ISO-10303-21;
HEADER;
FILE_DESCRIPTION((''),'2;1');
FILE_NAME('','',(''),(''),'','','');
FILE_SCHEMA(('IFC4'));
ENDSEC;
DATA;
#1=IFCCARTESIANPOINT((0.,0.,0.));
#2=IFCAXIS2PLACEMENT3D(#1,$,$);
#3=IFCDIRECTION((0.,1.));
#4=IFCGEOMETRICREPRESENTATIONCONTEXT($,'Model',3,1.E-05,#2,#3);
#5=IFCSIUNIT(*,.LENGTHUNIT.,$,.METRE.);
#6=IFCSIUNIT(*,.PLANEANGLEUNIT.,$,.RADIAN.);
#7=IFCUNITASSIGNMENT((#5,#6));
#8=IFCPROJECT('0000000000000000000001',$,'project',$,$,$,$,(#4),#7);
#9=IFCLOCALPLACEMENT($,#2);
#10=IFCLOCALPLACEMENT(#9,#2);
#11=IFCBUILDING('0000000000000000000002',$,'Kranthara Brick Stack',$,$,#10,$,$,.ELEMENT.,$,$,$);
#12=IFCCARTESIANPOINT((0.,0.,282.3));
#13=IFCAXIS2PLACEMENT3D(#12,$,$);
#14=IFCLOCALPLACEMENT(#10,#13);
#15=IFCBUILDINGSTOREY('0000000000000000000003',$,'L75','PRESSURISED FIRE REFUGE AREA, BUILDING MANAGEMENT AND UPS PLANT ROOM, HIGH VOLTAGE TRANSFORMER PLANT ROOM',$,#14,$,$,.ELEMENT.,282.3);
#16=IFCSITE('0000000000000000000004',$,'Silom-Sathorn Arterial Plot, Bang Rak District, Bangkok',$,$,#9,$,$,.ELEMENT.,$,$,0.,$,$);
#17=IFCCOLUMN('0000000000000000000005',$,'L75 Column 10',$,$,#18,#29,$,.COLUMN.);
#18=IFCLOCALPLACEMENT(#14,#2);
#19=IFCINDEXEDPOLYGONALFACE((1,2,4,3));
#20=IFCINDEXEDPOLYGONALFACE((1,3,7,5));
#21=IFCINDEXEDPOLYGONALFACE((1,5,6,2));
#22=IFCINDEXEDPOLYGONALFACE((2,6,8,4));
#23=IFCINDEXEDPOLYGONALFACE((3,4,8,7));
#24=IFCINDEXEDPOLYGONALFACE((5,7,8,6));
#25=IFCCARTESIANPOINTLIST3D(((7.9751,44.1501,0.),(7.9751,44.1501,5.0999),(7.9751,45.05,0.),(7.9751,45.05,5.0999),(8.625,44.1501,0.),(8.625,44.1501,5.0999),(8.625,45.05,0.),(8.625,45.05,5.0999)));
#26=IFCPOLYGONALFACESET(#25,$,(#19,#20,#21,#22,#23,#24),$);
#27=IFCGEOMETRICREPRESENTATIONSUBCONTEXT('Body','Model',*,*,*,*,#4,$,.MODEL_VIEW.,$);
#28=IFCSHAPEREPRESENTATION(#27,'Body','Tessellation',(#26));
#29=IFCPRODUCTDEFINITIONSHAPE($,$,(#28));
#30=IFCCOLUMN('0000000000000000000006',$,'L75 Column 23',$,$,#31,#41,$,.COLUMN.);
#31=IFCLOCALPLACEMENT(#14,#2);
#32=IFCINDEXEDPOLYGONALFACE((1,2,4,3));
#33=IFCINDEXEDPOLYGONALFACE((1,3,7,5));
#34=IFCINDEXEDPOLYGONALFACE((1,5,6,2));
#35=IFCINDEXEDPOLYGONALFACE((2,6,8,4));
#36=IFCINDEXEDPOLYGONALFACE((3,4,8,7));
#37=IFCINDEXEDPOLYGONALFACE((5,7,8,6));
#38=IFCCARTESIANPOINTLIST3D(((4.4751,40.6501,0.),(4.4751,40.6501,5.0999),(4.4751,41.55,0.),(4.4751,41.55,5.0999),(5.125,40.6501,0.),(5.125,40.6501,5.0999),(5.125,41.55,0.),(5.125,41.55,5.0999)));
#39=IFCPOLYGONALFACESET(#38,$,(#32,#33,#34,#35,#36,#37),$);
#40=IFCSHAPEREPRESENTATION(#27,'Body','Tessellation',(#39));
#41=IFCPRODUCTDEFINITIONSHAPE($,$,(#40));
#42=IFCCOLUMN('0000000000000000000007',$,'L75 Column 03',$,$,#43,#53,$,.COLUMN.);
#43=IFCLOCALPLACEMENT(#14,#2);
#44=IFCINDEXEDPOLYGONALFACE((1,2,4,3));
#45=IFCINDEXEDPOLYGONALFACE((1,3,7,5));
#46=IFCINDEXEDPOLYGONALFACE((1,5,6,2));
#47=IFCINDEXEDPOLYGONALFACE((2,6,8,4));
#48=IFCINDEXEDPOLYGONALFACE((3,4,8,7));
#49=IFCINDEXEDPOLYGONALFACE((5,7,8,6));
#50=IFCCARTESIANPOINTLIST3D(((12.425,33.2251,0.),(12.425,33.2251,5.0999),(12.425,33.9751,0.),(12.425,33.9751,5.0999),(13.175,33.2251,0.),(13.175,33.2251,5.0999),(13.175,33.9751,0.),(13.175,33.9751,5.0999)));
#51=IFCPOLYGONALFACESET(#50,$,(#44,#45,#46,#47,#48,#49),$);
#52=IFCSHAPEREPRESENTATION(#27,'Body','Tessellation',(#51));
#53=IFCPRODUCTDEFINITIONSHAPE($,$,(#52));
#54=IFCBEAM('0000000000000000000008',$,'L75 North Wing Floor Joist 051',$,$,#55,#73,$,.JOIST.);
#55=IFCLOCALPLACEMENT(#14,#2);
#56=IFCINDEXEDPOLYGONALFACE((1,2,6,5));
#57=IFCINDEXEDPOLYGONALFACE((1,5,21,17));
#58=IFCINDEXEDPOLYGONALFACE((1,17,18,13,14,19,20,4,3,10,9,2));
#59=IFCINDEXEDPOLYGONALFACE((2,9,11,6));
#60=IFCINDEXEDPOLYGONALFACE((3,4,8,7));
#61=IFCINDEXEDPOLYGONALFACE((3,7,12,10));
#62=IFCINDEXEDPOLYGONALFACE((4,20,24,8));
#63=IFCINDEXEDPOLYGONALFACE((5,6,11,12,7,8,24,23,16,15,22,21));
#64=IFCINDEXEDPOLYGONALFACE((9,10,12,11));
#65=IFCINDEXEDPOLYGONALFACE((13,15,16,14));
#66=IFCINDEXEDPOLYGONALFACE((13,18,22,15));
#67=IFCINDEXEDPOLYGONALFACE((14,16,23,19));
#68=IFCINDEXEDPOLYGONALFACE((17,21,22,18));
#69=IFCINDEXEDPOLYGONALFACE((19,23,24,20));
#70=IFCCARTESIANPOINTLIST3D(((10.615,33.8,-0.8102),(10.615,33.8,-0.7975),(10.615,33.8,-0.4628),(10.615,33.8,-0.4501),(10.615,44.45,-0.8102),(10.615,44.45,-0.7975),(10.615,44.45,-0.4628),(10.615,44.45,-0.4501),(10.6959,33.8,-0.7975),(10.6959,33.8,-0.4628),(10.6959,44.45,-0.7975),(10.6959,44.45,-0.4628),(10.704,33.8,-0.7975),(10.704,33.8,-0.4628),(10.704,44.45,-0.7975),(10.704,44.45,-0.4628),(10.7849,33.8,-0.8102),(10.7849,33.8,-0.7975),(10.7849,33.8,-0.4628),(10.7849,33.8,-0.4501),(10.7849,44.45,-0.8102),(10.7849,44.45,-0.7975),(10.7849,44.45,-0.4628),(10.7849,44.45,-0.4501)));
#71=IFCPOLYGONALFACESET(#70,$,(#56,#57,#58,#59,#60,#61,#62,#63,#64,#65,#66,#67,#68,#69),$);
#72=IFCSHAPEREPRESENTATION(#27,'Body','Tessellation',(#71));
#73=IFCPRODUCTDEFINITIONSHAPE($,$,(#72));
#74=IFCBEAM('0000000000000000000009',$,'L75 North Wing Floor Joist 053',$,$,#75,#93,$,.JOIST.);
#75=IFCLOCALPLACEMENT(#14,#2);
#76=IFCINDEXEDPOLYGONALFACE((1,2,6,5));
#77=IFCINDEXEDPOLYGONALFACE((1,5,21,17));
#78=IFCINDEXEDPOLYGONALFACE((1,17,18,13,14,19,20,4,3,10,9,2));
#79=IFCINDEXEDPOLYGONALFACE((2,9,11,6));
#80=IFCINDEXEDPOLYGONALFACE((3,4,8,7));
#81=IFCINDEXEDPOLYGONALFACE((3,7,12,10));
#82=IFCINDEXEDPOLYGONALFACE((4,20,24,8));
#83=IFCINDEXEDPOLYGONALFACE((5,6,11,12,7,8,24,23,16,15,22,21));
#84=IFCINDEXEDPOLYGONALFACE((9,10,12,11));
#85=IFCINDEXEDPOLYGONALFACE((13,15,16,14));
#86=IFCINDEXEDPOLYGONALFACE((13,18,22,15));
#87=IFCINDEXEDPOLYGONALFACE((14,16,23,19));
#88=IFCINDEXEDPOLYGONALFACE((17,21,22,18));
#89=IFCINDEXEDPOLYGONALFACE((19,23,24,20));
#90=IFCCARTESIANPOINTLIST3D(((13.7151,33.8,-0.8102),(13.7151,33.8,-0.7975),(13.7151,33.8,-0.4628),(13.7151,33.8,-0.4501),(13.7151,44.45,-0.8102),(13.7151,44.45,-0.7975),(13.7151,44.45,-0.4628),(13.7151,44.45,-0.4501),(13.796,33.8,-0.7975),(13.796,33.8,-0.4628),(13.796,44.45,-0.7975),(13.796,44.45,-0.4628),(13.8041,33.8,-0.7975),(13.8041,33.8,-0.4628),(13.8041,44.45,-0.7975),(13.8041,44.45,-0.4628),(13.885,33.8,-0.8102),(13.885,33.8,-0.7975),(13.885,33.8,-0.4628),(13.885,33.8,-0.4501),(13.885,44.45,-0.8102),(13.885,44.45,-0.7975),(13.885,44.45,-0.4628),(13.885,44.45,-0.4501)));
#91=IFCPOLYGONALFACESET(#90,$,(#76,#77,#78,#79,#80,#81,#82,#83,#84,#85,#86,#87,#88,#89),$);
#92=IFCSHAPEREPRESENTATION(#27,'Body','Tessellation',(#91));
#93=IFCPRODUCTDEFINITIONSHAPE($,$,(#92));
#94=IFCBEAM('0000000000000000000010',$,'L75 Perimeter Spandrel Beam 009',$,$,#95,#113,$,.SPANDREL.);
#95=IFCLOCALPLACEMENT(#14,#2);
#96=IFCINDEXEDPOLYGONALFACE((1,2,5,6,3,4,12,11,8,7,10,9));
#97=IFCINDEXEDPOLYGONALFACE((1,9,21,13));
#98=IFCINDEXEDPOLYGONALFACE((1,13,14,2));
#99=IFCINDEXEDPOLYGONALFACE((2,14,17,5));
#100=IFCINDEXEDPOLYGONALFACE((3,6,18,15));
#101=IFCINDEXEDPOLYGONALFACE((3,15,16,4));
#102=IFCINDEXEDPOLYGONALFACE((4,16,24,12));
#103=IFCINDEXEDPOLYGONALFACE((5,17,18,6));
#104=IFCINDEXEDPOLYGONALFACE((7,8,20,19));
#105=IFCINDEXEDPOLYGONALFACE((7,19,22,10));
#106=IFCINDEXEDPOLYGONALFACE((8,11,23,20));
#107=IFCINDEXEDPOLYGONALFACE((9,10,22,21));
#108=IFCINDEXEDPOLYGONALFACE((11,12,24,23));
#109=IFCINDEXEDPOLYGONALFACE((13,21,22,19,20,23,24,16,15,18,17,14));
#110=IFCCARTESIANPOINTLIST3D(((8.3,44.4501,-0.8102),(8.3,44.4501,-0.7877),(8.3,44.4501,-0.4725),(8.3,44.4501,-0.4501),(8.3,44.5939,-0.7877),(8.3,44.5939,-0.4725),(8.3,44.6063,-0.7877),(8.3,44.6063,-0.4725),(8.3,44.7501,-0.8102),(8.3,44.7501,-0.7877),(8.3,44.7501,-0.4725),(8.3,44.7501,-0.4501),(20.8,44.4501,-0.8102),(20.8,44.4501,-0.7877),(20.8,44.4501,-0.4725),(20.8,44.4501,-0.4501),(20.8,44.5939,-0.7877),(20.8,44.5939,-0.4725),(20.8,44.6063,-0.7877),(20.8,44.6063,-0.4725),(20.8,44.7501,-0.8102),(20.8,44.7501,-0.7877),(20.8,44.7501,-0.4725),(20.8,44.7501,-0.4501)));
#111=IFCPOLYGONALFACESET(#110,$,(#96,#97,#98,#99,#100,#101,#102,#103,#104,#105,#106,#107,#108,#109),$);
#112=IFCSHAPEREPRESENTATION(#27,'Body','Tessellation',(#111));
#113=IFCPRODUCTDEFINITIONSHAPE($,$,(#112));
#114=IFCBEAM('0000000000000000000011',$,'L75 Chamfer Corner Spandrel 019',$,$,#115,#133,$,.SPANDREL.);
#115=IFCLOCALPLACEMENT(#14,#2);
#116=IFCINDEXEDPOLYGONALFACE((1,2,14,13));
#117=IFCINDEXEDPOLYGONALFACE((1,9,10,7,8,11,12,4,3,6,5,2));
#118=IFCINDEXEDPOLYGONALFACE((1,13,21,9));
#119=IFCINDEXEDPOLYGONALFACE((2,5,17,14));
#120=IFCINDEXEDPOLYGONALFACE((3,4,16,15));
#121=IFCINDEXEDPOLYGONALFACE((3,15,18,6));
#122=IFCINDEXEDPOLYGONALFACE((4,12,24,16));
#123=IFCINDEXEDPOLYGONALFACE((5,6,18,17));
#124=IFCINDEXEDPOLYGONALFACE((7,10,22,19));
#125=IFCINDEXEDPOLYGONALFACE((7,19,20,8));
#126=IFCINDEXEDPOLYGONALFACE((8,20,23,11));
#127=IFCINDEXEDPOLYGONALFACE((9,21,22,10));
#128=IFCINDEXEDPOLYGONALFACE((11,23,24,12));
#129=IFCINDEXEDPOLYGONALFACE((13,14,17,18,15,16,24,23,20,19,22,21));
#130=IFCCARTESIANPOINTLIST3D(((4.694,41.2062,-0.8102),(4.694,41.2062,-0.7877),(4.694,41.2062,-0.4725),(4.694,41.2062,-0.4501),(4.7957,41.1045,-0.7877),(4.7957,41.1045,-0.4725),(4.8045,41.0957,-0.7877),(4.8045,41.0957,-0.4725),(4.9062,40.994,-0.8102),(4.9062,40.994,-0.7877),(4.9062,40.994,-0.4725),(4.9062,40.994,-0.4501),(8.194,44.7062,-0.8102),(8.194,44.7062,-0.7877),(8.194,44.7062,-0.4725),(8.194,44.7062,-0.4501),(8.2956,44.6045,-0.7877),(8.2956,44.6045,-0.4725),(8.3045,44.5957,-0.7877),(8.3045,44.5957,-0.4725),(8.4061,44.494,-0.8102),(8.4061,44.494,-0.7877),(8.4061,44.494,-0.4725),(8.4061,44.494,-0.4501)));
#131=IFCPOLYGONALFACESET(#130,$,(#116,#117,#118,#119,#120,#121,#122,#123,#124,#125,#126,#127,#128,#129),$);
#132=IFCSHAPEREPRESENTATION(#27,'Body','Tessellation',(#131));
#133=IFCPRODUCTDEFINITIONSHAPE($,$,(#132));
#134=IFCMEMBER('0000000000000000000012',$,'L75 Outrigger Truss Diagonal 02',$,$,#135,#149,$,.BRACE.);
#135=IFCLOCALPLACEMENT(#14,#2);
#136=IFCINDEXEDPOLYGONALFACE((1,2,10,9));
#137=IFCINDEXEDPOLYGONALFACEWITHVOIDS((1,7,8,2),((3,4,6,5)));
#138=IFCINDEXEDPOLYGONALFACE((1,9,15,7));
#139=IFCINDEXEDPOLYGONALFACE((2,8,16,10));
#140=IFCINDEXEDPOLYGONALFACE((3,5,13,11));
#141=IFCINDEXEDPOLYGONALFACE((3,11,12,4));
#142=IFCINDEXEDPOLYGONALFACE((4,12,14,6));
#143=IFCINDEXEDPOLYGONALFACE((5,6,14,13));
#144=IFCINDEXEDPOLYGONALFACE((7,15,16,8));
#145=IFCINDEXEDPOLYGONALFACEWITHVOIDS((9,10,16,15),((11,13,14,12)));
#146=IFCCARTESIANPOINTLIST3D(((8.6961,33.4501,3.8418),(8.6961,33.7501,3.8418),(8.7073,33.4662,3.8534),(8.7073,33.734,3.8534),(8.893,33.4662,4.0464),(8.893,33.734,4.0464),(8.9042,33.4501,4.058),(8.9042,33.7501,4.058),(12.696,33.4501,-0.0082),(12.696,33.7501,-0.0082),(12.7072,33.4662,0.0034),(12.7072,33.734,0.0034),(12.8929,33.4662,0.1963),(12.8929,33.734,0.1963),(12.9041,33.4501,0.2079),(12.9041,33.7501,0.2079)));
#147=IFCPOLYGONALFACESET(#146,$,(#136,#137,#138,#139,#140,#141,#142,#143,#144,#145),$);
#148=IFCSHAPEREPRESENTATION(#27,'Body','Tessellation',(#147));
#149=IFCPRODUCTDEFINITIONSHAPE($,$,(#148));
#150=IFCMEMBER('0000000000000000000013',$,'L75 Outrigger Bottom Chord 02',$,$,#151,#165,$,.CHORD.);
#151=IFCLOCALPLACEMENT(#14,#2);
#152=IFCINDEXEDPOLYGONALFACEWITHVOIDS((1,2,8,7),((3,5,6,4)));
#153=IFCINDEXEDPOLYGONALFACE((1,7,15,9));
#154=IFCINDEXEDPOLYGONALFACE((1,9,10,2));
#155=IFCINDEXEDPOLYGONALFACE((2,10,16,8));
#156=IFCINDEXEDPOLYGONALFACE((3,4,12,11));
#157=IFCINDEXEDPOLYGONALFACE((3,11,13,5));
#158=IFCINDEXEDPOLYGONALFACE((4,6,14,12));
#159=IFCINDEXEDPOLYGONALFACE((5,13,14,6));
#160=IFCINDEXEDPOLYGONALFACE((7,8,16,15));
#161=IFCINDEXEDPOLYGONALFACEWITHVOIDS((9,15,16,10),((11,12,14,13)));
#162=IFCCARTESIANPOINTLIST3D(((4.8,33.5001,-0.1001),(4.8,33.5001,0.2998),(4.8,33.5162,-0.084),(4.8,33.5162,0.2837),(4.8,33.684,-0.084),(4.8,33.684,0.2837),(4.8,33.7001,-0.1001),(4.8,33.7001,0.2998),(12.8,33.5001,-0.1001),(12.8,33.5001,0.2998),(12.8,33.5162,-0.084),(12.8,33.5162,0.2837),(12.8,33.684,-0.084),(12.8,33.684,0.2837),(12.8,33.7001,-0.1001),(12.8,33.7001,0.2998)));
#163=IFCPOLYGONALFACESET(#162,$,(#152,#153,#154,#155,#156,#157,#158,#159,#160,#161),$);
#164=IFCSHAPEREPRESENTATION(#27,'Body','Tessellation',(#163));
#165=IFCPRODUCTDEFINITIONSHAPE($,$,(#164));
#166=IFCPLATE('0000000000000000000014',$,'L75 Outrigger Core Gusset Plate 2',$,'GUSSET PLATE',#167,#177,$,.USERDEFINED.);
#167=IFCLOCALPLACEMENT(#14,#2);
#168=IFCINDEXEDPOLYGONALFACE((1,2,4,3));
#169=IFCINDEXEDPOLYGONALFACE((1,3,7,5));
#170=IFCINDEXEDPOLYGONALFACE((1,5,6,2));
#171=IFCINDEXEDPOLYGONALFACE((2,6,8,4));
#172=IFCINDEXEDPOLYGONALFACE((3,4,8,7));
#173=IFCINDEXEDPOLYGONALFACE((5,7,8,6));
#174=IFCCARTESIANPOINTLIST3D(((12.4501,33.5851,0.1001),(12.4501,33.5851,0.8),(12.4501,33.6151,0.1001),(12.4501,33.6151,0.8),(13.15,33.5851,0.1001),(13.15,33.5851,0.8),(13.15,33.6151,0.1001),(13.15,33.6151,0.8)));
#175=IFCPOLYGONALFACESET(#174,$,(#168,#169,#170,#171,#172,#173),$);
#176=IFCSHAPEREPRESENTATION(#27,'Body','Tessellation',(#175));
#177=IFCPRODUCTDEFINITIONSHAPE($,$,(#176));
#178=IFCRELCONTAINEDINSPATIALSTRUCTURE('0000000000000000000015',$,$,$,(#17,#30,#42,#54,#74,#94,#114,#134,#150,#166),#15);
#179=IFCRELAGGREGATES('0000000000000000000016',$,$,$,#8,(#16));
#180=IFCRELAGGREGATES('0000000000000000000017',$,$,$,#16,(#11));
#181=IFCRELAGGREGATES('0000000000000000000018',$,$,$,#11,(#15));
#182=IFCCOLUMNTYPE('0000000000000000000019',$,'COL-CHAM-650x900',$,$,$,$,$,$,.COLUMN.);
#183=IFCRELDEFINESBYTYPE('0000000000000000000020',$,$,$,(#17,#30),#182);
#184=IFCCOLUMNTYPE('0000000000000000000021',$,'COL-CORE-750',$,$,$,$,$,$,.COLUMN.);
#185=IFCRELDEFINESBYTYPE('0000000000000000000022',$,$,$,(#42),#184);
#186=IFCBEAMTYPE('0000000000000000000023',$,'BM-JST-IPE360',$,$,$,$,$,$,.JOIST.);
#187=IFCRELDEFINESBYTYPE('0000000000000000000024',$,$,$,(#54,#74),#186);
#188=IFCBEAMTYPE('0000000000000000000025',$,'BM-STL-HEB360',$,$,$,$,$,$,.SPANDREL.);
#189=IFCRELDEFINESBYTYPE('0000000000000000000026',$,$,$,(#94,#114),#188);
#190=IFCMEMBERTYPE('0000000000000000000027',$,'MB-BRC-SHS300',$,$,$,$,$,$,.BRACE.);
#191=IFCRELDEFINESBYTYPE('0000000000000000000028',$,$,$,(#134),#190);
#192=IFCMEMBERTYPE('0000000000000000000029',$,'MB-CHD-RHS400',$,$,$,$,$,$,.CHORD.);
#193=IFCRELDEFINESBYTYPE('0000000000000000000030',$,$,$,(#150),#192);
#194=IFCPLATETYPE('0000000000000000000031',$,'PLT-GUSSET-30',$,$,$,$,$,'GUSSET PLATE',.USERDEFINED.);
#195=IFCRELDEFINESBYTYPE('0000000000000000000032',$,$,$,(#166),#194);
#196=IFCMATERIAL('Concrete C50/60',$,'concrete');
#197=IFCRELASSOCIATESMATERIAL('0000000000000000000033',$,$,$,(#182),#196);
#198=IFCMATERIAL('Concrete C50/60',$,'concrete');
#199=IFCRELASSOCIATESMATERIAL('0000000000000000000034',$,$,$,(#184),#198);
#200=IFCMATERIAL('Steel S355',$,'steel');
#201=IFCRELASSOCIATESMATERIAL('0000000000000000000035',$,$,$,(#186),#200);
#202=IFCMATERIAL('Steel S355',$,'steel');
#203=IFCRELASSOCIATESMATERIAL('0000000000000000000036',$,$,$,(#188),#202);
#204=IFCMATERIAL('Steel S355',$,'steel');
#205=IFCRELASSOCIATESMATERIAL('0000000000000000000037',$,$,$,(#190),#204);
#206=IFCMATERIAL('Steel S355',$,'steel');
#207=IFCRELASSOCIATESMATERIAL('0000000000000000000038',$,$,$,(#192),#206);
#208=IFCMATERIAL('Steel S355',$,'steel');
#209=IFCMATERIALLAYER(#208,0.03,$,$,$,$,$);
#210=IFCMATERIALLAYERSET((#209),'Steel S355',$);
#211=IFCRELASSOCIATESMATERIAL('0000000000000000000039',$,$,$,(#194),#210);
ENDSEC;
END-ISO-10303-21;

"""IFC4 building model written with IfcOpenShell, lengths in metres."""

from ifc_helpers import new_model, si_unit, direction, frame, origin, origin_2d, place, context, subcontext, project, spatial, rectangle, hollow_rectangle, i_section, extrude, material, layer, layer_set, material_profile, profile_set, type_object, element, save


model = new_model("IFC4")

# Units and contexts
model_context = context("Model", 3, precision=1e-05, world=origin(), true_north=direction((0.0, 1.0)))
body_context = subcontext(model_context, "Body", "Model", "MODEL_VIEW")
ifc_project = project(units=[si_unit("LENGTHUNIT", "METRE"), si_unit("PLANEANGLEUNIT", "RADIAN")], contexts=[model_context])

# Site, building, storey
site_placement = place(None, origin())
site = spatial("IfcSite", under=ifc_project, at=site_placement, Name="Silom-Sathorn Arterial Plot, Bang Rak District, Bangkok", CompositionType="ELEMENT", RefElevation=0.0)
building_placement = place(site_placement, origin())
building = spatial("IfcBuilding", under=site, at=building_placement, Name="Kranthara Brick Stack", CompositionType="ELEMENT")
storey_placement = place(building_placement, frame((0.0, 0.0, 282.3)))
storey = spatial("IfcBuildingStorey", under=building, at=storey_placement, Name="L75", Description="PRESSURISED FIRE REFUGE AREA, BUILDING MANAGEMENT AND UPS PLANT ROOM, HIGH VOLTAGE TRANSFORMER PLANT ROOM", CompositionType="ELEMENT", Elevation=282.3)

# Columns
ifc_material_1 = material(Name="Concrete C50/60", Category="concrete")
ifc_material_profile_1 = material_profile(ifc_material_1, rectangle(XDim=0.6499, YDim=0.8999, at=origin_2d()), Name="RC 650x900")
ifc_profile_set_1 = profile_set([ifc_material_profile_1], Name="Concrete C50/60")
column_type_1 = type_object("IfcColumnType", Name="COL-CHAM-650x900", PredefinedType="COLUMN", material=ifc_profile_set_1)
for number, where, z_axis, x_axis, name in (
    (1, (8.3, 44.6001, 0.0), (0.0, 0.0, 1.0), (1.0, 0.0, 0.0), "L75 Column 10"),
    (2, (4.8, 41.1001, 0.0), (0.0, 0.0, 1.0), (1.0, 0.0, 0.0), "L75 Column 23"),
):
    element("IfcColumn", number, at=place(storey_placement, frame(where, z_axis=z_axis, x_axis=x_axis)), inside=storey, type_object=column_type_1, Name=name, PredefinedType="COLUMN", context=body_context, shape_type="SweptSolid", body=[
        extrude(rectangle(XDim=0.6499, YDim=0.8999, at=origin_2d()), origin(), (0.0, 0.0, 1.0), 5.0999),
    ])
ifc_material_2 = material(Name="Concrete C50/60", Category="concrete")
ifc_material_profile_2 = material_profile(ifc_material_2, rectangle(XDim=0.75, YDim=0.75, at=origin_2d()), Name="RC 750x750")
ifc_profile_set_2 = profile_set([ifc_material_profile_2], Name="Concrete C50/60")
column_type_2 = type_object("IfcColumnType", Name="COL-CORE-750", PredefinedType="COLUMN", material=ifc_profile_set_2)
column_placement = place(storey_placement, frame((12.8, 33.6001, 0.0), z_axis=(0.0, 0.0, 1.0), x_axis=(1.0, 0.0, 0.0)))
element("IfcColumn", 3, at=column_placement, inside=storey, type_object=column_type_2, Name="L75 Column 03", PredefinedType="COLUMN", context=body_context, shape_type="SweptSolid", body=[
    extrude(rectangle(XDim=0.75, YDim=0.75, at=origin_2d()), origin(), (0.0, 0.0, 1.0), 5.0999),
])

# Beams
ifc_material_3 = material(Name="Steel S355", Category="steel")
ifc_material_profile_3 = material_profile(ifc_material_3, i_section(OverallWidth=0.1699, OverallDepth=0.3601, WebThickness=0.0081, FlangeThickness=0.0127, at=origin_2d()), Name="IPE 360")
ifc_profile_set_3 = profile_set([ifc_material_profile_3], Name="Steel S355")
beam_type_1 = type_object("IfcBeamType", Name="BM-JST-IPE360", PredefinedType="JOIST", material=ifc_profile_set_3)
for number, where, z_axis, x_axis, name in (
    (4, (10.7, 33.8, -0.6301), (0.0, 1.0, 0.0), (-1.0, 0.0, 0.0), "L75 North Wing Floor Joist 051"),
    (5, (13.8, 33.8, -0.6301), (0.0, 1.0, 0.0), (-1.0, 0.0, 0.0), "L75 North Wing Floor Joist 053"),
):
    element("IfcBeam", number, at=place(storey_placement, frame(where, z_axis=z_axis, x_axis=x_axis)), inside=storey, type_object=beam_type_1, Name=name, PredefinedType="JOIST", context=body_context, shape_type="SweptSolid", body=[
        extrude(i_section(OverallWidth=0.1699, OverallDepth=0.3601, WebThickness=0.0081, FlangeThickness=0.0127, at=origin_2d()), origin(), (0.0, 0.0, 1.0), 10.6499),
    ])
ifc_material_4 = material(Name="Steel S355", Category="steel")
ifc_material_profile_4 = material_profile(ifc_material_4, i_section(OverallWidth=0.3, OverallDepth=0.3601, WebThickness=0.0125, FlangeThickness=0.0225, at=origin_2d()), Name="HEB 360")
ifc_profile_set_4 = profile_set([ifc_material_profile_4], Name="Steel S355")
beam_type_2 = type_object("IfcBeamType", Name="BM-STL-HEB360", PredefinedType="SPANDREL", material=ifc_profile_set_4)
beam_1_placement = place(storey_placement, frame((8.3, 44.6001, -0.6301), z_axis=(1.0, 0.0, 0.0), x_axis=(0.0, 1.0, 0.0)))
element("IfcBeam", 6, at=beam_1_placement, inside=storey, type_object=beam_type_2, Name="L75 Perimeter Spandrel Beam 009", PredefinedType="SPANDREL", context=body_context, shape_type="SweptSolid", body=[
    extrude(i_section(OverallWidth=0.3, OverallDepth=0.3601, WebThickness=0.0125, FlangeThickness=0.0225, at=origin_2d()), origin(), (0.0, 0.0, 1.0), 12.5),
])
beam_2_placement = place(storey_placement, frame((8.3, 44.6001, -0.6301), z_axis=(-0.707107, -0.707107, 0.0), x_axis=(0.707107, -0.707107, 0.0)))
element("IfcBeam", 7, at=beam_2_placement, inside=storey, type_object=beam_type_2, Name="L75 Chamfer Corner Spandrel 019", PredefinedType="SPANDREL", context=body_context, shape_type="SweptSolid", body=[
    extrude(i_section(OverallWidth=0.3, OverallDepth=0.3601, WebThickness=0.0125, FlangeThickness=0.0225, at=origin_2d()), origin(), (0.0, 0.0, 1.0), 4.9497),
])

# Members
ifc_material_5 = material(Name="Steel S355", Category="steel")
ifc_material_profile_5 = material_profile(ifc_material_5, hollow_rectangle(XDim=0.3, YDim=0.3, WallThickness=0.0161, at=origin_2d()), Name="SHS 300x300x16")
ifc_profile_set_5 = profile_set([ifc_material_profile_5], Name="Steel S355")
member_type_1 = type_object("IfcMemberType", Name="MB-BRC-SHS300", PredefinedType="BRACE", material=ifc_profile_set_5)
member_1_placement = place(storey_placement, frame((12.8, 33.6001, 0.0999), z_axis=(-0.720478, 0.0, 0.693478), x_axis=(0.0, -1.0, 0.0)))
element("IfcMember", 8, at=member_1_placement, inside=storey, type_object=member_type_1, Name="L75 Outrigger Truss Diagonal 02", PredefinedType="BRACE", context=body_context, shape_type="SweptSolid", body=[
    extrude(hollow_rectangle(XDim=0.3, YDim=0.3, WallThickness=0.0161, at=origin_2d()), origin(), (0.0, 0.0, 1.0), 5.5518),
])
ifc_material_6 = material(Name="Steel S355", Category="steel")
ifc_material_profile_6 = material_profile(ifc_material_6, hollow_rectangle(XDim=0.2, YDim=0.3999, WallThickness=0.0161, at=origin_2d()), Name="RHS 200x400x16")
ifc_profile_set_6 = profile_set([ifc_material_profile_6], Name="Steel S355")
member_type_2 = type_object("IfcMemberType", Name="MB-CHD-RHS400", PredefinedType="CHORD", material=ifc_profile_set_6)
member_2_placement = place(storey_placement, frame((12.8, 33.6001, 0.0999), z_axis=(-1.0, 0.0, 0.0), x_axis=(0.0, -1.0, 0.0)))
element("IfcMember", 9, at=member_2_placement, inside=storey, type_object=member_type_2, Name="L75 Outrigger Bottom Chord 02", PredefinedType="CHORD", context=body_context, shape_type="SweptSolid", body=[
    extrude(hollow_rectangle(XDim=0.2, YDim=0.3999, WallThickness=0.0161, at=origin_2d()), origin(), (0.0, 0.0, 1.0), 8.0),
])

# Plate
ifc_material_7 = material(Name="Steel S355", Category="steel")
ifc_layer_1 = layer(ifc_material_7, 0.03)
ifc_layer_set_1 = layer_set([ifc_layer_1], Name="Steel S355")
plate_type = type_object("IfcPlateType", Name="PLT-GUSSET-30", ElementType="GUSSET PLATE", PredefinedType="USERDEFINED", material=ifc_layer_set_1)
plate_placement = place(storey_placement, frame((12.8, 33.6001, 0.1001), z_axis=(0.0, 0.0, 1.0), x_axis=(1.0, 0.0, 0.0)))
element("IfcPlate", 10, at=plate_placement, inside=storey, type_object=plate_type, Name="L75 Outrigger Core Gusset Plate 2", ObjectType="GUSSET PLATE", PredefinedType="USERDEFINED", context=body_context, shape_type="SweptSolid", body=[
    extrude(rectangle(XDim=0.7, YDim=0.03, at=origin_2d()), origin(), (0.0, 0.0, 1.0), 0.7),
])

save(model, "model.ifc")
